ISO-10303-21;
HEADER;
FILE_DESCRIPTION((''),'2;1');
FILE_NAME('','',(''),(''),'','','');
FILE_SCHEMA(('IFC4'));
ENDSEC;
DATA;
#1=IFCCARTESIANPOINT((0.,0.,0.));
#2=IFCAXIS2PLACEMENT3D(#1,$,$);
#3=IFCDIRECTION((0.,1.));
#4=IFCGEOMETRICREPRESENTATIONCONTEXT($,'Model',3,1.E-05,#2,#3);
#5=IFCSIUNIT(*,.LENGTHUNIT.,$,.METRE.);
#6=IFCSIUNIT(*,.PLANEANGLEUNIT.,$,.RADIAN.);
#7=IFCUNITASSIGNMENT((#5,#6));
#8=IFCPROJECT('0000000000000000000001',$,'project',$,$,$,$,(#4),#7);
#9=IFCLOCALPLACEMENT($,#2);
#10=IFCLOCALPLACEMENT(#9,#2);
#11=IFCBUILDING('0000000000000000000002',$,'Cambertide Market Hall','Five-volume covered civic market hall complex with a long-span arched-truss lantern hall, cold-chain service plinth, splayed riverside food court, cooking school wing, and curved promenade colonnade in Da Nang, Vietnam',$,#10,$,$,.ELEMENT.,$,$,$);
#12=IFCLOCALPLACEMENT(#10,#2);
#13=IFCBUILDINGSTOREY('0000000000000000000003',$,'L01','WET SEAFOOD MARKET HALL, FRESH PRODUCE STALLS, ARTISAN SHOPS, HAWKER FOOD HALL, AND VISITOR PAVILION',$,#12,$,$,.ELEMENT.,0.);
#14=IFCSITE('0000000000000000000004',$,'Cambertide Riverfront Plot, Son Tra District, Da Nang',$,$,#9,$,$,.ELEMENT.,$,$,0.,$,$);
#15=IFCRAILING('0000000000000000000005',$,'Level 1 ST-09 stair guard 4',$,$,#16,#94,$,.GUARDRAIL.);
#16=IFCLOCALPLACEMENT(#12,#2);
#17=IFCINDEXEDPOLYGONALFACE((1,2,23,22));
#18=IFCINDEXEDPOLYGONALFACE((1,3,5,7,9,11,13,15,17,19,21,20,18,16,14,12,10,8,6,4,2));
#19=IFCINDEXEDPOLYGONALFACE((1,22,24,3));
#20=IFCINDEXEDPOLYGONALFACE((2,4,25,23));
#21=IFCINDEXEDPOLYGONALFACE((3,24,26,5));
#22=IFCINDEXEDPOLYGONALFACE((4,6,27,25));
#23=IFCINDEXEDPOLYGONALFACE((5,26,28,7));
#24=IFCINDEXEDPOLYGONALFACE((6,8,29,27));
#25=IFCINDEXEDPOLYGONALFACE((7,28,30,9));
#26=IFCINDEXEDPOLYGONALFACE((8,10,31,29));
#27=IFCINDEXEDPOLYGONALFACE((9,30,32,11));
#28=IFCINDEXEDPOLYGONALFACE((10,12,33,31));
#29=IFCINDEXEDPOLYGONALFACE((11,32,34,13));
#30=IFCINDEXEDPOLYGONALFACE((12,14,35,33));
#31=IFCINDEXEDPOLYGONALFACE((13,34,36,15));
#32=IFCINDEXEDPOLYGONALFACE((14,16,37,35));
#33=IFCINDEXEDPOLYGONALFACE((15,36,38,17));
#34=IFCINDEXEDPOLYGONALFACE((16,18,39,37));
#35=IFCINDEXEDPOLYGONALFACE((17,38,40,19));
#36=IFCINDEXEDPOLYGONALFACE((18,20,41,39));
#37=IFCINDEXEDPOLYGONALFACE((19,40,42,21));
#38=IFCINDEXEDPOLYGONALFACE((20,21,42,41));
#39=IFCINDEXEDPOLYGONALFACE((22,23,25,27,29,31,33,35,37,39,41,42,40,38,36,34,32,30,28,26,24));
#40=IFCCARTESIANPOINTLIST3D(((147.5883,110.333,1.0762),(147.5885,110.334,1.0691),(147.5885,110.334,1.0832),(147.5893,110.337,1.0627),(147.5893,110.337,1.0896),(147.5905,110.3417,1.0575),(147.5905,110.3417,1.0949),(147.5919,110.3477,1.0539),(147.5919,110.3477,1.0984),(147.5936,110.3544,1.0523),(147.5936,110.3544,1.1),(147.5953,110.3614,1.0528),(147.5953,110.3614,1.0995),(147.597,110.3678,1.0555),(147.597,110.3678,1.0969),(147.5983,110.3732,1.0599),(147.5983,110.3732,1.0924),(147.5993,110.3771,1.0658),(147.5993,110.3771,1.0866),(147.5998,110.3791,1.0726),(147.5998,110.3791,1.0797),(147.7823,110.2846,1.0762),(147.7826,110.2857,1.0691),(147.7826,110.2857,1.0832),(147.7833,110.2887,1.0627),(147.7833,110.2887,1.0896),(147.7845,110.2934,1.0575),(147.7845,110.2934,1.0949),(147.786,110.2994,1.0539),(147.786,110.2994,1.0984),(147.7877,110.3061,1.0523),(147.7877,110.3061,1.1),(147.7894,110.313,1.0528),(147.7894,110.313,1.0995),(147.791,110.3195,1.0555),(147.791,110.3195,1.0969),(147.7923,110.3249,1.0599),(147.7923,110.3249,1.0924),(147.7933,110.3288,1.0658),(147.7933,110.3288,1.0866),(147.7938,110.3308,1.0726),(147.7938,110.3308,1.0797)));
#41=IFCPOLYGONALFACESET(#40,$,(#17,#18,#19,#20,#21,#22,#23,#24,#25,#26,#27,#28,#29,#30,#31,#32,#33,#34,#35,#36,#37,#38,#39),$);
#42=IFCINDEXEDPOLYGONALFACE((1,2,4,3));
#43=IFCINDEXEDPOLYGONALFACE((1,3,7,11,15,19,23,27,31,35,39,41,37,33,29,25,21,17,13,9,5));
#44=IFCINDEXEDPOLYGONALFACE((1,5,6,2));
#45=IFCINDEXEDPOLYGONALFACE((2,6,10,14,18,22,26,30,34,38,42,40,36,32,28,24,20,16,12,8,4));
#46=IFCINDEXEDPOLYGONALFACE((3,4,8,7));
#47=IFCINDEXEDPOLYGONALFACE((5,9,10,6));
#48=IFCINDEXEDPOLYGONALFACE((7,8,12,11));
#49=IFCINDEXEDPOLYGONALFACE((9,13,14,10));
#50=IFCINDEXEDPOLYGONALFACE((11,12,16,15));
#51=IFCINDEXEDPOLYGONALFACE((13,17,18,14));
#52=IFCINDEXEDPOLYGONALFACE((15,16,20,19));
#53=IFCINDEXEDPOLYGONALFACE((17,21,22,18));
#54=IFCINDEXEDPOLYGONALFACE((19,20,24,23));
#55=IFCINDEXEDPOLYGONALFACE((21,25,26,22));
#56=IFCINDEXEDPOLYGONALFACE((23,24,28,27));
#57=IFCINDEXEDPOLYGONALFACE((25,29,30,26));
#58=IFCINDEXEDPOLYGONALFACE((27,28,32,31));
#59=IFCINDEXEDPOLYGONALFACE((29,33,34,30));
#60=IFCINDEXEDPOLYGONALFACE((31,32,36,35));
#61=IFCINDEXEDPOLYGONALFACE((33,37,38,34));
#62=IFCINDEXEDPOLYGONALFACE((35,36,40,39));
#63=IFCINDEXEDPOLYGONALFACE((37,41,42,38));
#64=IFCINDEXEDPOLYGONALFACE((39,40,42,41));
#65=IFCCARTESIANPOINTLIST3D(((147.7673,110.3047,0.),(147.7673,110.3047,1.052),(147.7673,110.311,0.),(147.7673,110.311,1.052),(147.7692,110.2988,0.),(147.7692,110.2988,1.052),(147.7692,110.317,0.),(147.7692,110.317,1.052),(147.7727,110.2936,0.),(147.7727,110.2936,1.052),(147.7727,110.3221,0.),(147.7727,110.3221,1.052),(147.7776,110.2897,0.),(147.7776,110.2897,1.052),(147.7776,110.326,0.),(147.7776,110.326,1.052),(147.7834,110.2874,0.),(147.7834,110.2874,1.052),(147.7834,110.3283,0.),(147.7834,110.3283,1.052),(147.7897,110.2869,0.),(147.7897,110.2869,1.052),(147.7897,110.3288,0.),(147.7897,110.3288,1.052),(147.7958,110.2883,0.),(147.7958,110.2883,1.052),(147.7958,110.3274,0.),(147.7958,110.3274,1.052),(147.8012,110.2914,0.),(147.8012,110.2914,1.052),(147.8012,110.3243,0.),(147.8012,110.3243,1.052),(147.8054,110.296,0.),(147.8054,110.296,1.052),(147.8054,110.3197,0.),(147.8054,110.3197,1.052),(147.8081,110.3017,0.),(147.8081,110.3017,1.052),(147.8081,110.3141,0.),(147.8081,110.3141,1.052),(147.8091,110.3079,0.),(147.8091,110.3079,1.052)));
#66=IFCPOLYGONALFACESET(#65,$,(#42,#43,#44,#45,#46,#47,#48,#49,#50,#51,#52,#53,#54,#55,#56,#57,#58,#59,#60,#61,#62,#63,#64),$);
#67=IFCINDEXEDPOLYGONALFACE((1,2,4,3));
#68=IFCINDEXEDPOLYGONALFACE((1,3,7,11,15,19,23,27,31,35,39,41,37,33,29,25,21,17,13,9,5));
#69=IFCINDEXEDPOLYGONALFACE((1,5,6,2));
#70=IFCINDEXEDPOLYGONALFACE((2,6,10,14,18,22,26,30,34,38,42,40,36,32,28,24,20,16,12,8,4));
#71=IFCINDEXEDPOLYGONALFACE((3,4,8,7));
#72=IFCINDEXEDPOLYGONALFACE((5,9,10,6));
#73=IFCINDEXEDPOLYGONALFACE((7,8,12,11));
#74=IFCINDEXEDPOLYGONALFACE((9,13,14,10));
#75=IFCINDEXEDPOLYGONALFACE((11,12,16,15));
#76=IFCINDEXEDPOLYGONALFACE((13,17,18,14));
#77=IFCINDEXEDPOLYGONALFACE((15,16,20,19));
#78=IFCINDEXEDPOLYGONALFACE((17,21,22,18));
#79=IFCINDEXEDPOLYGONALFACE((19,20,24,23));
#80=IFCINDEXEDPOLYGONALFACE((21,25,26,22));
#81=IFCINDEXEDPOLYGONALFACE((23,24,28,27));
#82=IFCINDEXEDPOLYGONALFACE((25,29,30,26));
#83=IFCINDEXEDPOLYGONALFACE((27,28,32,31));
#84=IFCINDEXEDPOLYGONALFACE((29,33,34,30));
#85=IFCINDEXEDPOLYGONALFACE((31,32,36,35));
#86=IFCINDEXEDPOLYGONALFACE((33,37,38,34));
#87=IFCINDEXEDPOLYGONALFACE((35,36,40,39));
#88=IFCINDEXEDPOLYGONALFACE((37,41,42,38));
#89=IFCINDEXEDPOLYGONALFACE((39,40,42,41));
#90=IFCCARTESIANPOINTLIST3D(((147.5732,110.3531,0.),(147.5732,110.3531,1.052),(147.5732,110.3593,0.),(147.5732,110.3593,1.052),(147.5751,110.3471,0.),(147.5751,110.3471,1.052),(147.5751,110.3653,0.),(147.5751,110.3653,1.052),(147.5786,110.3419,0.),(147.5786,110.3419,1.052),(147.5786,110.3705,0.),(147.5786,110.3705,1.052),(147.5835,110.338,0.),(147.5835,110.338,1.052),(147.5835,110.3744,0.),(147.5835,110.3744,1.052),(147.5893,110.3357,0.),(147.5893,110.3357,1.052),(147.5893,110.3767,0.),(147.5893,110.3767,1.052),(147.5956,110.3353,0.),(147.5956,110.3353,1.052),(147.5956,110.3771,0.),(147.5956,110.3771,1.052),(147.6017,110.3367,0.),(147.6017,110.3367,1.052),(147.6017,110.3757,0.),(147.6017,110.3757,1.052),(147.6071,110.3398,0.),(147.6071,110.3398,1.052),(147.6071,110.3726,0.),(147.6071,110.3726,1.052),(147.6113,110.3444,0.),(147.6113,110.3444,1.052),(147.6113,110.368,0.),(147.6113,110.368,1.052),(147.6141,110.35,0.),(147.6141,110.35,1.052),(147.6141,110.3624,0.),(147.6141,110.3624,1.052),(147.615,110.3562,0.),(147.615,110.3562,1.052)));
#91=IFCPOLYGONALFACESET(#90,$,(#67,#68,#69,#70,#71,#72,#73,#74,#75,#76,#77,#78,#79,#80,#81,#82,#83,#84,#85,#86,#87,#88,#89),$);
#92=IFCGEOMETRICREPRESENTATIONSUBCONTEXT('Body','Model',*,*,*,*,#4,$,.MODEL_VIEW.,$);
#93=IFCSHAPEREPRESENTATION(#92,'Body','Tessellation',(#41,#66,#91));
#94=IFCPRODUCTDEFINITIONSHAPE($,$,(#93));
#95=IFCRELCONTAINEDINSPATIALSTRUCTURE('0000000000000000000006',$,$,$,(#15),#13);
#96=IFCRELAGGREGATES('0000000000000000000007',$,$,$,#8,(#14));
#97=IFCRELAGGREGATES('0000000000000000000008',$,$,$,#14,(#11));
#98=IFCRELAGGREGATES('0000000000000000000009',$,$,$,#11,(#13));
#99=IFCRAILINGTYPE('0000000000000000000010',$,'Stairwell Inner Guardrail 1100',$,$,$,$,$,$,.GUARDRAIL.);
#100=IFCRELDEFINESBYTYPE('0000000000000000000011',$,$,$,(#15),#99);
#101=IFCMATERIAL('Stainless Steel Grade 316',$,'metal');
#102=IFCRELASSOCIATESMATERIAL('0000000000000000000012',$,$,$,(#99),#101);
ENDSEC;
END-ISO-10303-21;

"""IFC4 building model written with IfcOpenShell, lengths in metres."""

from ifc_helpers import new_model, si_unit, direction, frame, origin, origin_2d, place, context, subcontext, project, spatial, circle, extrude, material, type_object, element, save


model = new_model("IFC4")

# Units and contexts
model_context = context("Model", 3, precision=1e-05, world=origin(), true_north=direction((0.0, 1.0)))
body_context = subcontext(model_context, "Body", "Model", "MODEL_VIEW")
ifc_project = project(units=[si_unit("LENGTHUNIT", "METRE"), si_unit("PLANEANGLEUNIT", "RADIAN")], contexts=[model_context])

# Site, building, storey
site_placement = place(None, origin())
site = spatial("IfcSite", under=ifc_project, at=site_placement, Name="Cambertide Riverfront Plot, Son Tra District, Da Nang", CompositionType="ELEMENT", RefElevation=0.0)
building_placement = place(site_placement, origin())
building = spatial("IfcBuilding", under=site, at=building_placement, Name="Cambertide Market Hall", Description="Five-volume covered civic market hall complex with a long-span arched-truss lantern hall, cold-chain service plinth, splayed riverside food court, cooking school wing, and curved promenade colonnade in Da Nang, Vietnam", CompositionType="ELEMENT")
storey_placement = place(building_placement, origin())
storey = spatial("IfcBuildingStorey", under=building, at=storey_placement, Name="L01", Description="WET SEAFOOD MARKET HALL, FRESH PRODUCE STALLS, ARTISAN SHOPS, HAWKER FOOD HALL, AND VISITOR PAVILION", CompositionType="ELEMENT", Elevation=0.0)

# Railing
ifc_material_1 = material(Name="Stainless Steel Grade 316", Category="metal")
railing_type_1 = type_object("IfcRailingType", Name="Stairwell Inner Guardrail 1100", PredefinedType="GUARDRAIL", material=ifc_material_1)
railing_1_placement = place(storey_placement, frame((147.7881, 110.3079, 0.0)))
element("IfcRailing", 1, at=railing_1_placement, inside=storey, type_object=railing_type_1, Name="Level 1 ST-09 stair guard 4", PredefinedType="GUARDRAIL", context=body_context, shape_type="SweptSolid", body=[
    extrude(circle(Radius=0.0239, at=origin_2d()), frame((0.0, 0.0, 1.0762), z_axis=(-0.970358, 0.241674, 0.0), x_axis=(-0.241674, -0.970358, 0.0)), (0.0, 0.0, 1.0), 0.2),
    extrude(circle(Radius=0.021, at=origin_2d()), origin(), (0.0, 0.0, 1.0), 1.052),
    extrude(circle(Radius=0.021, at=origin_2d()), frame((-0.1941, 0.0483, 0.0)), (0.0, 0.0, 1.0), 1.052),
])

save(model, "model.ifc")
